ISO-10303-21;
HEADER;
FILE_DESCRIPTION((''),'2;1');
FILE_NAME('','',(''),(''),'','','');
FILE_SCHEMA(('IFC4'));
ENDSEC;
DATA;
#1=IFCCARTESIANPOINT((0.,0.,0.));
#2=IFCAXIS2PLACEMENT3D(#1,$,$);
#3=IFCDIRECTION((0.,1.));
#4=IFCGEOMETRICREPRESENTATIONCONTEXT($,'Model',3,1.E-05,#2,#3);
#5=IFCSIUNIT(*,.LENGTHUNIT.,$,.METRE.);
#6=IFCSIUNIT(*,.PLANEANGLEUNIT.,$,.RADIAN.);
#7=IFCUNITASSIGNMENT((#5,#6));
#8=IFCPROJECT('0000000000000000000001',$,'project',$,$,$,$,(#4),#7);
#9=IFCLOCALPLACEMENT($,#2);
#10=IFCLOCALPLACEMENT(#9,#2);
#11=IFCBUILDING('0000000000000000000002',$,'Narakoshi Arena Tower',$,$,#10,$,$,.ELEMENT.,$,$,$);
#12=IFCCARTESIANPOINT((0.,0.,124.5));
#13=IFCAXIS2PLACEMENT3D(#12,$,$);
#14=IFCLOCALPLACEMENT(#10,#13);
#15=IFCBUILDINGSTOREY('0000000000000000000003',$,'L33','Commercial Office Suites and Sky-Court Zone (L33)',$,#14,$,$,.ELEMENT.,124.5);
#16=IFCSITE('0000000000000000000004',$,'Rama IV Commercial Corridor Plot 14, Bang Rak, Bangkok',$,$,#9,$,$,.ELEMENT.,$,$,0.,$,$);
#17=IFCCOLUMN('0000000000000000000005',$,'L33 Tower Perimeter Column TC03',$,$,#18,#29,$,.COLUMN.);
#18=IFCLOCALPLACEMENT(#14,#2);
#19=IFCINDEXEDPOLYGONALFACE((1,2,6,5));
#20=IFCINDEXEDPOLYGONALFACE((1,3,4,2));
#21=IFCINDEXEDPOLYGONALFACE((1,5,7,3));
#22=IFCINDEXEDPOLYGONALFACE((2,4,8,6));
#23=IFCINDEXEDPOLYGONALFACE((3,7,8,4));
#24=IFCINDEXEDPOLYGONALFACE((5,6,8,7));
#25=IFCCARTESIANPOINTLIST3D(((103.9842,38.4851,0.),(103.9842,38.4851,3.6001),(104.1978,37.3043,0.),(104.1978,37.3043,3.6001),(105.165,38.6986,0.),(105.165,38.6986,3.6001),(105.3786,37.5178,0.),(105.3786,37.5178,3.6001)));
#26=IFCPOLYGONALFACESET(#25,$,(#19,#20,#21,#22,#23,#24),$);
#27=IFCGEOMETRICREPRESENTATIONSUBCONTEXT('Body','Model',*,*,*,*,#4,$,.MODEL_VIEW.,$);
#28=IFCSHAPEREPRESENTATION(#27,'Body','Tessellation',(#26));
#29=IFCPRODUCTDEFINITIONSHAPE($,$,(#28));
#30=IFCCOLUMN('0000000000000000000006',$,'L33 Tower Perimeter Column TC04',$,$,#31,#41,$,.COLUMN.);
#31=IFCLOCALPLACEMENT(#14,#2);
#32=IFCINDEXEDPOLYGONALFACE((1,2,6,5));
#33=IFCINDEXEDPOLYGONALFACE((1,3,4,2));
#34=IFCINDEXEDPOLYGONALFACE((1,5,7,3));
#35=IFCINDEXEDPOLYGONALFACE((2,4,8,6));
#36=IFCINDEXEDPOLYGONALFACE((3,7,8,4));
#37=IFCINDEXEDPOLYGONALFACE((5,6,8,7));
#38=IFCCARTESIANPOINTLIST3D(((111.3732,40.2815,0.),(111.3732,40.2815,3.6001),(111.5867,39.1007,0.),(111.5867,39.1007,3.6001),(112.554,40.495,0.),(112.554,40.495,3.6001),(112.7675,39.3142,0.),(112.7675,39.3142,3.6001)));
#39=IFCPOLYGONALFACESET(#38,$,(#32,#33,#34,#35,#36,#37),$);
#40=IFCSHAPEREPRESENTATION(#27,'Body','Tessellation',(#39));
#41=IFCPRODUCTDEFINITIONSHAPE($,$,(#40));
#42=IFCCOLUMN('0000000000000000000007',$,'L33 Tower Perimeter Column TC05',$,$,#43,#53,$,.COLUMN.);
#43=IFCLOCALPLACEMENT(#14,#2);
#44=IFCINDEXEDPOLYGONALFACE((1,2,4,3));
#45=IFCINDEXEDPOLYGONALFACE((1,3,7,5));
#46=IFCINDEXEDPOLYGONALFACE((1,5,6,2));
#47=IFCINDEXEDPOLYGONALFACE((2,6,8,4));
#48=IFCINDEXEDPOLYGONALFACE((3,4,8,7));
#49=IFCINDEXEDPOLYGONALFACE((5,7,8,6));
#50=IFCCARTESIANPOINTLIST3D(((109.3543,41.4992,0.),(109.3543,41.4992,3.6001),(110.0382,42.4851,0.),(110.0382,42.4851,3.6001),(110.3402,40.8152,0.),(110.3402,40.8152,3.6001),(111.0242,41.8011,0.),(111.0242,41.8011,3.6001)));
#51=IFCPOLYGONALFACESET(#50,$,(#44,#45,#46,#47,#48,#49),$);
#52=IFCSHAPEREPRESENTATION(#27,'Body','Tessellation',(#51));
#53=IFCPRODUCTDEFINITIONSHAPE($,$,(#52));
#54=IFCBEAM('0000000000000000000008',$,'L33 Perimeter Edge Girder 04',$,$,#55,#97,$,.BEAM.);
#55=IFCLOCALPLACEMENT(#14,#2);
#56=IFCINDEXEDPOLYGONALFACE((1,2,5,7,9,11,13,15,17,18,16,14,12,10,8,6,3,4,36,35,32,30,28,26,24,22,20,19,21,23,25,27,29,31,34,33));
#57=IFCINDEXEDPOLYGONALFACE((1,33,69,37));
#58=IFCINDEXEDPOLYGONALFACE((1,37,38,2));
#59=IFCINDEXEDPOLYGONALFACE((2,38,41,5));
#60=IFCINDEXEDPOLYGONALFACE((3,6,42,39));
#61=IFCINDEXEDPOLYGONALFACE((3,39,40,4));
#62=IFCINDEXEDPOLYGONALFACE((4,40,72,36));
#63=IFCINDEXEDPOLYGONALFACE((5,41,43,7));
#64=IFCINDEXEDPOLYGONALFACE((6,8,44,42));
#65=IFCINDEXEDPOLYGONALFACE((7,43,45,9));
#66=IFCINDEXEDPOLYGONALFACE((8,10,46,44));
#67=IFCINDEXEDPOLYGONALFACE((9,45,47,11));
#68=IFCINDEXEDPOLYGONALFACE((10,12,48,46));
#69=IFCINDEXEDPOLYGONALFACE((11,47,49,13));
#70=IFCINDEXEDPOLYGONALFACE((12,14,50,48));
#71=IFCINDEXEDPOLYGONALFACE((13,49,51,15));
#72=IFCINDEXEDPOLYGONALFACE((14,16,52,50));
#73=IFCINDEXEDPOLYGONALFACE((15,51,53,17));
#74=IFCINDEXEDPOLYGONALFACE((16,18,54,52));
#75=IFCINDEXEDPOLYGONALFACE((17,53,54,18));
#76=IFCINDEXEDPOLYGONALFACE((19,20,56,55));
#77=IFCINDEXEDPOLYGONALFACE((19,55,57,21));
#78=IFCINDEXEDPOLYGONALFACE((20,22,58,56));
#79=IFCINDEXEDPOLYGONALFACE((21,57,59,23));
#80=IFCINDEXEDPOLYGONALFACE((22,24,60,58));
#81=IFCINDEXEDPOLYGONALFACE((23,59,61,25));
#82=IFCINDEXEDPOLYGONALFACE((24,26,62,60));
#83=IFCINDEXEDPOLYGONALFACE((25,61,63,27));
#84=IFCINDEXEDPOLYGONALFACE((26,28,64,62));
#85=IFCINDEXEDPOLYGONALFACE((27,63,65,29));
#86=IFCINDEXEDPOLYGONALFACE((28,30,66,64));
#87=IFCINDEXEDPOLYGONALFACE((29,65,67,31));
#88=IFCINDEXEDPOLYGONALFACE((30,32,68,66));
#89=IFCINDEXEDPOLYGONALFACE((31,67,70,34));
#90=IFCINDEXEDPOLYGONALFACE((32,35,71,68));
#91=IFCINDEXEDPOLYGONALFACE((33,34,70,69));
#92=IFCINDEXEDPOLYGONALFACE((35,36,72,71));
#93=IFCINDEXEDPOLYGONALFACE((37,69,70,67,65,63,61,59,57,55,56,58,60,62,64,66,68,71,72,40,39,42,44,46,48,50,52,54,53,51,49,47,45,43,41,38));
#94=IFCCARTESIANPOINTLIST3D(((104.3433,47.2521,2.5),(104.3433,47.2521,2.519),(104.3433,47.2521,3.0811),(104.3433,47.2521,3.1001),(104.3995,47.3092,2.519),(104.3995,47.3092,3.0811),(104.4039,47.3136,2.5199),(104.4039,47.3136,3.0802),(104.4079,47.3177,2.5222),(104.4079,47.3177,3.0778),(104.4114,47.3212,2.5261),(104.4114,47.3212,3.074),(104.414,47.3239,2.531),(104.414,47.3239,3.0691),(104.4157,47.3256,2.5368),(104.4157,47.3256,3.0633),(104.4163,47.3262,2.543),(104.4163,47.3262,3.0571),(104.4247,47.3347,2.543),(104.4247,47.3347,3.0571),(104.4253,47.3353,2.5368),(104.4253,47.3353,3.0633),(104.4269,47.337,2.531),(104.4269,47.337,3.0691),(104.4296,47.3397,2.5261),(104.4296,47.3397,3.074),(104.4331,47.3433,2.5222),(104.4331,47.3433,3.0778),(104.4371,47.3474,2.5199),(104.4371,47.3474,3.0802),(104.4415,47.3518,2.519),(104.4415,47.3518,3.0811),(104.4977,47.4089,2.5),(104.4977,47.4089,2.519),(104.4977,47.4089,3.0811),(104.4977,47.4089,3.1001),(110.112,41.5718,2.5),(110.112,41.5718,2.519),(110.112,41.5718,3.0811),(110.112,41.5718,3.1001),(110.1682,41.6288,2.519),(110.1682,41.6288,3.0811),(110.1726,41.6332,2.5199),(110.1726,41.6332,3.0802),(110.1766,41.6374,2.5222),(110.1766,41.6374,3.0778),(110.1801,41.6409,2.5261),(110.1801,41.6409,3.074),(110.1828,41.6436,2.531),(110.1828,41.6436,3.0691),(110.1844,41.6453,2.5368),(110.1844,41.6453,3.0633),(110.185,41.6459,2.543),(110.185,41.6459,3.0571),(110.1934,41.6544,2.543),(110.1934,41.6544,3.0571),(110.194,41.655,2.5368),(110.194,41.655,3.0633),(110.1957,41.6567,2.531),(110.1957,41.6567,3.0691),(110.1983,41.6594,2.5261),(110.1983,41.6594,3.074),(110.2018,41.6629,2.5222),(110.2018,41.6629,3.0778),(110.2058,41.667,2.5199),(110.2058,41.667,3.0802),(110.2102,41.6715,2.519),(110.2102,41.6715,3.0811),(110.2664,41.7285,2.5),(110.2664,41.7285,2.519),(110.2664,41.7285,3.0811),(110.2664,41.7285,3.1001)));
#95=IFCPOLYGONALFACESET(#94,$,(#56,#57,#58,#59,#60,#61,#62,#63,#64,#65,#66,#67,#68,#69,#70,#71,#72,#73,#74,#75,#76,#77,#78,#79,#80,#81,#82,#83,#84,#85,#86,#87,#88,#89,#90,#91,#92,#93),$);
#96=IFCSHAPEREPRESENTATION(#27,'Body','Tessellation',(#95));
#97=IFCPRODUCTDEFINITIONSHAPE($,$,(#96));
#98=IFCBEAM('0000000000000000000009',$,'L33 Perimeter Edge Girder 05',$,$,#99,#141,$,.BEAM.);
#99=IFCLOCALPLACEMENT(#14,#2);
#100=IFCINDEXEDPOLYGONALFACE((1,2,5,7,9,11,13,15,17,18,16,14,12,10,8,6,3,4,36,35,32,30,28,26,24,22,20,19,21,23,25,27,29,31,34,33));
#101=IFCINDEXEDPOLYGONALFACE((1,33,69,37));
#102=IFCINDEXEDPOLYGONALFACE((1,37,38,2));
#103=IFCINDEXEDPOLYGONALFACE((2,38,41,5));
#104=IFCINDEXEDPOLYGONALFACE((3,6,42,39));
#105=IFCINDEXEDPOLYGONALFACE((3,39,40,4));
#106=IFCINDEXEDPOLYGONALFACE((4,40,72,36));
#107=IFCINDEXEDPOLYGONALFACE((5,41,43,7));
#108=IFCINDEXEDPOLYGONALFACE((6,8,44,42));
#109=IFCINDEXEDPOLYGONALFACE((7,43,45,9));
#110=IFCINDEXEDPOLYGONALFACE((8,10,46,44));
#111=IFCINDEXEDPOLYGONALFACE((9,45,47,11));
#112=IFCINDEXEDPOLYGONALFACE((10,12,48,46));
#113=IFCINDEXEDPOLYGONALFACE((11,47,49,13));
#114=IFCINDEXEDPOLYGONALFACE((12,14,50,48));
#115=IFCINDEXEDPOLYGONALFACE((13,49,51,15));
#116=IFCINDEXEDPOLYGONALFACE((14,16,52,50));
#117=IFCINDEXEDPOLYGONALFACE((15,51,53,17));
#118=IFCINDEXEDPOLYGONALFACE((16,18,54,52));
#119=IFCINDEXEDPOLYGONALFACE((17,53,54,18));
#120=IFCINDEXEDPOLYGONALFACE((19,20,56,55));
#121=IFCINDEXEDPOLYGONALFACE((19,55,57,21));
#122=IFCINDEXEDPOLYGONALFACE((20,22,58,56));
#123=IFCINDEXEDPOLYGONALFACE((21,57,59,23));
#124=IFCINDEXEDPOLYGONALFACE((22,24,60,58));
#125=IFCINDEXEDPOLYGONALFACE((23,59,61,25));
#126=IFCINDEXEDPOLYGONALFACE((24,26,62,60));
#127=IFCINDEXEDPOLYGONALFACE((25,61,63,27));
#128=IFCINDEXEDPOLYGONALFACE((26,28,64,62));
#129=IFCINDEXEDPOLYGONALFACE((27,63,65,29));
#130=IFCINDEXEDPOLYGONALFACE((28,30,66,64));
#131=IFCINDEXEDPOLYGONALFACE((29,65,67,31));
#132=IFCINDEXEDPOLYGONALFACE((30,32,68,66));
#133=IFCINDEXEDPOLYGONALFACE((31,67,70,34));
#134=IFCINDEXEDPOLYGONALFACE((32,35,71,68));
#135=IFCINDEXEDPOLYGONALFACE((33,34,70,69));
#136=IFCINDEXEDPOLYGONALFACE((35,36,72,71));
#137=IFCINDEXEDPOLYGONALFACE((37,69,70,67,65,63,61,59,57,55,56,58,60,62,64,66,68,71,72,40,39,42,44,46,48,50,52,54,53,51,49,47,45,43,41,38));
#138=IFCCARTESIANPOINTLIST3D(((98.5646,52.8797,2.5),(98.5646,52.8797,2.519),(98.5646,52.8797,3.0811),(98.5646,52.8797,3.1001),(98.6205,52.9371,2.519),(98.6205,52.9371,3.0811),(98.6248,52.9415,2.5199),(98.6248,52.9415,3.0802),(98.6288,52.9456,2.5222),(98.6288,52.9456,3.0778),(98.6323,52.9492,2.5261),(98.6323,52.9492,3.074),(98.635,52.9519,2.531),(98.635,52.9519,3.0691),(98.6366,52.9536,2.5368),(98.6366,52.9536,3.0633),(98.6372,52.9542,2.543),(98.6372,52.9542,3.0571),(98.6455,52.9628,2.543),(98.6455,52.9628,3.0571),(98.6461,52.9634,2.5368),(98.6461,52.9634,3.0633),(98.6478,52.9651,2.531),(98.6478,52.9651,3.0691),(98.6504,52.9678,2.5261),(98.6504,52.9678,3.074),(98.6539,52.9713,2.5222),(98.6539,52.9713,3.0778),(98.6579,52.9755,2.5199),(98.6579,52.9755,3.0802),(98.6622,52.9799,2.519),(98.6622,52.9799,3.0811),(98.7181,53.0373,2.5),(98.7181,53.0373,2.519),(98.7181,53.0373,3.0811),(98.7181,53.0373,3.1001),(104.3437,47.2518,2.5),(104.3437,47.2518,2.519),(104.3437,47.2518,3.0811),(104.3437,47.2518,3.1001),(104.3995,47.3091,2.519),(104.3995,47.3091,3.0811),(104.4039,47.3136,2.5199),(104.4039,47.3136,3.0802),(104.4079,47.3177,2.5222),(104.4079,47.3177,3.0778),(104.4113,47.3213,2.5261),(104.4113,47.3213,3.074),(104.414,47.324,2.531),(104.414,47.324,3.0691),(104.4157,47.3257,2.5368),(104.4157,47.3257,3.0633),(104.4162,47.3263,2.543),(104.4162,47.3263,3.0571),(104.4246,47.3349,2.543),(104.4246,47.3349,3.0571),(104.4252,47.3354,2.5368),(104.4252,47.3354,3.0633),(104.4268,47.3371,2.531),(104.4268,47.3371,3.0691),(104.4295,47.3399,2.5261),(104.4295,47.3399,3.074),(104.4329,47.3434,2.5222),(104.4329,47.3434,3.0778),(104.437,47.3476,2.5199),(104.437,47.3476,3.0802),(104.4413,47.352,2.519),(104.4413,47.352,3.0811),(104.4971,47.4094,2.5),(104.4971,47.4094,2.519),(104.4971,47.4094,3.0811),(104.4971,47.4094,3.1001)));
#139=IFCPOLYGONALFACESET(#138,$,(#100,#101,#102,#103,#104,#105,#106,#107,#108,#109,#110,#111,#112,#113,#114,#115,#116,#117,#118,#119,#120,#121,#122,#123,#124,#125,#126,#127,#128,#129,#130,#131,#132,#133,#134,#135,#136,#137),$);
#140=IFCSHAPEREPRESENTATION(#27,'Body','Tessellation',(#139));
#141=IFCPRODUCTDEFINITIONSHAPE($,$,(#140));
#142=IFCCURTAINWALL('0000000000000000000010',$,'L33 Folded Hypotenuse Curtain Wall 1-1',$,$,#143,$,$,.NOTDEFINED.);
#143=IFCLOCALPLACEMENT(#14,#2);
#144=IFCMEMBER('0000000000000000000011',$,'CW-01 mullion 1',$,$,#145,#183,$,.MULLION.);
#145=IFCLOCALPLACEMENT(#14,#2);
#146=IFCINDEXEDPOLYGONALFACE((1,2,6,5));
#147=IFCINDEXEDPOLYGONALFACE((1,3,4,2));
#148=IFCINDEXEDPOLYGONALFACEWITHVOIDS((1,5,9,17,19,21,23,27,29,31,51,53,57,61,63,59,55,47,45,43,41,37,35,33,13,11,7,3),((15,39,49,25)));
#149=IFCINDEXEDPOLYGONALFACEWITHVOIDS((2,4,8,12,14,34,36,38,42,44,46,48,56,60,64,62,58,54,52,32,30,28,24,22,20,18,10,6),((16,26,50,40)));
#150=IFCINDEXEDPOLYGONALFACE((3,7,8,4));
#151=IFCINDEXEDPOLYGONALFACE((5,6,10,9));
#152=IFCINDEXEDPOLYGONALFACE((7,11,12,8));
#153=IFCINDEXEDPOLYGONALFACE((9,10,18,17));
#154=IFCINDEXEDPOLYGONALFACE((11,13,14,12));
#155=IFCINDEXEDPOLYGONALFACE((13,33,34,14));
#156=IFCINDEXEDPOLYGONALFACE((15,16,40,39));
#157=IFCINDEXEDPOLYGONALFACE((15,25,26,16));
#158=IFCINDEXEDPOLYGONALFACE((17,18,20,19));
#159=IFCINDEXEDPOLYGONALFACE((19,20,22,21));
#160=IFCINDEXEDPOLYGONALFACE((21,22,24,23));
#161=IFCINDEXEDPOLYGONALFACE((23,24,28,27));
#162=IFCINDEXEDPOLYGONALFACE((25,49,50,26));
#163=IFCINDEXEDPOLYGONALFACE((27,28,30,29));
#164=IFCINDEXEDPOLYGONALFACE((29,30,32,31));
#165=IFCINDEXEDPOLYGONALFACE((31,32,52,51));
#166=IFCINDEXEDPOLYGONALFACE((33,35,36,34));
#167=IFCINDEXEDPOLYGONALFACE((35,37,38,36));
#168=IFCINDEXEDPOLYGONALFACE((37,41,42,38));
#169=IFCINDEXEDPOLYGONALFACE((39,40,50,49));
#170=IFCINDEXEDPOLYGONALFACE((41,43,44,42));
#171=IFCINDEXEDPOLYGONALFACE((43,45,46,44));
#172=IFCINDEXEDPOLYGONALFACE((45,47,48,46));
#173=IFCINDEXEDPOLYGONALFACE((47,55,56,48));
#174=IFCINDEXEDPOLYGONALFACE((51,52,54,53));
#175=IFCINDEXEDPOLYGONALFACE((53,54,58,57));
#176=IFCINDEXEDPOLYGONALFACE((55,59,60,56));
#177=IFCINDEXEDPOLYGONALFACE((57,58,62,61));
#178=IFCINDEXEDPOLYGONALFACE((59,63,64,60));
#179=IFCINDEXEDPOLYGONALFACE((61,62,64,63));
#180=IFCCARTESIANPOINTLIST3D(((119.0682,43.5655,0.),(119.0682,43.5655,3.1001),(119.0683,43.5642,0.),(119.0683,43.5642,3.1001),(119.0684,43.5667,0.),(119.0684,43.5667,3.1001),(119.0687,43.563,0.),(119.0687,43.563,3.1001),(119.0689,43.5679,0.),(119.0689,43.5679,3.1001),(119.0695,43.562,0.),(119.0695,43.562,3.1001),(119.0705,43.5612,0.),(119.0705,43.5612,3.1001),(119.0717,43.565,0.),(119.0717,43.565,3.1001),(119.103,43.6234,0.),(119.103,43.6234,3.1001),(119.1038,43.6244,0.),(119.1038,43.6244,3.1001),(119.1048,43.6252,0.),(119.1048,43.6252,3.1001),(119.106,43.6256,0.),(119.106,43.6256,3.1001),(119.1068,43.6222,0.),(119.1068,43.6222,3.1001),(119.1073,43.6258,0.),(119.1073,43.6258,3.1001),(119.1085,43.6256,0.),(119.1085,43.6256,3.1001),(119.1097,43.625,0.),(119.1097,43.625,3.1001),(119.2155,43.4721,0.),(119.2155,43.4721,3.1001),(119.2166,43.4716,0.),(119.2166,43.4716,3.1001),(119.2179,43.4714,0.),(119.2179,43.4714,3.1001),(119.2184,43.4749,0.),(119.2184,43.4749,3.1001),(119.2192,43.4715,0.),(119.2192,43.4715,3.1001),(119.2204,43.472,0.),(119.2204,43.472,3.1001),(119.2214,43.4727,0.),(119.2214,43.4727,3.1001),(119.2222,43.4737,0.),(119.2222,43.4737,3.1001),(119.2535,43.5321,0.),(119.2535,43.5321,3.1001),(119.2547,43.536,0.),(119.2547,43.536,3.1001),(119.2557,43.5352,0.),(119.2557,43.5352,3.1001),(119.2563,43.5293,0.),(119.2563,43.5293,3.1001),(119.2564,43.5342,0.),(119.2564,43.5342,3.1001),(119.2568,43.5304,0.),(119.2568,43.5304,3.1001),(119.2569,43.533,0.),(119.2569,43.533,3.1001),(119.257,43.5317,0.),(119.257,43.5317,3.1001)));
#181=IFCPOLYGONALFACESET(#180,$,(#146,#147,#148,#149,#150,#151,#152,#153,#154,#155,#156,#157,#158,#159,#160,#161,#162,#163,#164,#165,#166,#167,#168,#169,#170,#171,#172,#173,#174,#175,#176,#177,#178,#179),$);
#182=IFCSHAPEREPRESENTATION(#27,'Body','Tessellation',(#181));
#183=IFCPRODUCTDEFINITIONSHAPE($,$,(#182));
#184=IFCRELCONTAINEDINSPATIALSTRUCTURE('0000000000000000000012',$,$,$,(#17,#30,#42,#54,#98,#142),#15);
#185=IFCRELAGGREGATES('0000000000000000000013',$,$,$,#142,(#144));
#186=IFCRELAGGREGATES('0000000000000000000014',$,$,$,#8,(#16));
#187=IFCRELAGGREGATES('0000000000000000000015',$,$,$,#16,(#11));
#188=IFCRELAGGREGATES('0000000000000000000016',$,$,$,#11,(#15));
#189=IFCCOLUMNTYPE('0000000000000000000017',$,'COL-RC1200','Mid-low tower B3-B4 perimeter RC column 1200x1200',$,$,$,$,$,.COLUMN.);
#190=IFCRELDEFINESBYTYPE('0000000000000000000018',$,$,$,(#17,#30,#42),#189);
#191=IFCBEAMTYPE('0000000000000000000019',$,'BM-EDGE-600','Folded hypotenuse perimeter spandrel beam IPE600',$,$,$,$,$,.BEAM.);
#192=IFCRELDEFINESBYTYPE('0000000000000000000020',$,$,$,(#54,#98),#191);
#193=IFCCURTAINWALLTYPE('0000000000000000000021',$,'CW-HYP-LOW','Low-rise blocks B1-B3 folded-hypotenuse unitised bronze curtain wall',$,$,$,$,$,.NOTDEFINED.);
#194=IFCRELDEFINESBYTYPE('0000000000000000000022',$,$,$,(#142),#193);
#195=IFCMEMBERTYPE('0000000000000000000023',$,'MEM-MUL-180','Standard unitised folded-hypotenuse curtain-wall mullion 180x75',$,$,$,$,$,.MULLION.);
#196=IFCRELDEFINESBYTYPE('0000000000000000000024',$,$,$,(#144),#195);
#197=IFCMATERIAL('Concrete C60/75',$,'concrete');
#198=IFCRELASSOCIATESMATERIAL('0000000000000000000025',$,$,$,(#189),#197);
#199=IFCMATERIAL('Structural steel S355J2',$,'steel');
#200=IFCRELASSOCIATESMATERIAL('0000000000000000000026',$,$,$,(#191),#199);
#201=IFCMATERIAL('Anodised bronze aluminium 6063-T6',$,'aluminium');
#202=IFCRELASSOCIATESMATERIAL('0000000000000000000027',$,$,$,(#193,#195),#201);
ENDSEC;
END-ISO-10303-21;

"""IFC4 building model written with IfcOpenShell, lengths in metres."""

from ifc_helpers import new_model, si_unit, direction, frame, origin, origin_2d, place, context, subcontext, project, spatial, rectangle, hollow_rectangle, i_section, extrude, material, material_profile, profile_set, type_object, element, aggregate, save


model = new_model("IFC4")

# Units and contexts
model_context = context("Model", 3, precision=1e-05, world=origin(), true_north=direction((0.0, 1.0)))
body_context = subcontext(model_context, "Body", "Model", "MODEL_VIEW")
ifc_project = project(units=[si_unit("LENGTHUNIT", "METRE"), si_unit("PLANEANGLEUNIT", "RADIAN")], contexts=[model_context])

# Site, building, storey
site_placement = place(None, origin())
site = spatial("IfcSite", under=ifc_project, at=site_placement, Name="Rama IV Commercial Corridor Plot 14, Bang Rak, Bangkok", CompositionType="ELEMENT", RefElevation=0.0)
building_placement = place(site_placement, origin())
building = spatial("IfcBuilding", under=site, at=building_placement, Name="Narakoshi Arena Tower", CompositionType="ELEMENT")
storey_placement = place(building_placement, frame((0.0, 0.0, 124.5)))
storey = spatial("IfcBuildingStorey", under=building, at=storey_placement, Name="L33", Description="Commercial Office Suites and Sky-Court Zone (L33)", CompositionType="ELEMENT", Elevation=124.5)

# Columns
ifc_material_1 = material(Name="Concrete C60/75", Category="concrete")
ifc_material_profile_1 = material_profile(ifc_material_1, rectangle(XDim=1.2, YDim=1.2, at=origin_2d()), Name="RC1200x1200")
ifc_profile_set_1 = profile_set([ifc_material_profile_1], Name="Concrete C60/75")
column_type = type_object("IfcColumnType", Name="COL-RC1200", Description="Mid-low tower B3-B4 perimeter RC column 1200x1200", PredefinedType="COLUMN", material=ifc_profile_set_1)
for number, where, z_axis, x_axis, name in (
    (1, (104.6814, 38.0015, 0.0), (0.0, 0.0, 1.0), (0.984041, 0.177944, 0.0), "L33 Tower Perimeter Column TC03"),
    (2, (112.0703, 39.7979, 0.0), (0.0, 0.0, 1.0), (0.984041, 0.177944, 0.0), "L33 Tower Perimeter Column TC04"),
    (3, (110.1892, 41.6501, 0.0), (0.0, 0.0, 1.0), (0.569997, 0.821647, 0.0), "L33 Tower Perimeter Column TC05"),
):
    element("IfcColumn", number, at=place(storey_placement, frame(where, z_axis=z_axis, x_axis=x_axis)), inside=storey, type_object=column_type, Name=name, PredefinedType="COLUMN", context=body_context, shape_type="SweptSolid", body=[
        extrude(rectangle(XDim=1.2, YDim=1.2, at=origin_2d()), origin(), (0.0, 0.0, 1.0), 3.6001),
    ])

# Beams
ifc_material_2 = material(Name="Structural steel S355J2", Category="steel")
ifc_material_profile_2 = material_profile(ifc_material_2, i_section(OverallWidth=0.22, OverallDepth=0.6001, WebThickness=0.012, FlangeThickness=0.019, FilletRadius=0.0239, at=origin_2d()), Name="IPE600")
ifc_profile_set_2 = profile_set([ifc_material_profile_2], Name="Structural steel S355J2")
beam_type = type_object("IfcBeamType", Name="BM-EDGE-600", Description="Folded hypotenuse perimeter spandrel beam IPE600", PredefinedType="BEAM", material=ifc_profile_set_2)
beam_1_placement = place(storey_placement, frame((110.1892, 41.6501, 2.8), z_axis=(-0.712544, 0.701628, 0.0), x_axis=(-0.701628, -0.712544, 0.0)))
element("IfcBeam", 4, at=beam_1_placement, inside=storey, type_object=beam_type, Name="L33 Perimeter Edge Girder 04", PredefinedType="BEAM", context=body_context, shape_type="SweptSolid", body=[
    extrude(i_section(OverallWidth=0.22, OverallDepth=0.6001, WebThickness=0.012, FlangeThickness=0.019, FilletRadius=0.0239, at=origin_2d()), origin(), (0.0, 0.0, 1.0), 8.0959),
])
beam_2_placement = place(storey_placement, frame((104.4204, 47.3306, 2.8), z_axis=(-0.716412, 0.697678, 0.0), x_axis=(-0.697678, -0.716412, 0.0)))
element("IfcBeam", 5, at=beam_2_placement, inside=storey, type_object=beam_type, Name="L33 Perimeter Edge Girder 05", PredefinedType="BEAM", context=body_context, shape_type="SweptSolid", body=[
    extrude(i_section(OverallWidth=0.22, OverallDepth=0.6001, WebThickness=0.012, FlangeThickness=0.019, FilletRadius=0.0239, at=origin_2d()), origin(), (0.0, 0.0, 1.0), 8.0667),
])

# Curtain wall, member
ifc_material_3 = material(Name="Anodised bronze aluminium 6063-T6", Category="aluminium")
curtain_wall_type = type_object("IfcCurtainWallType", Name="CW-HYP-LOW", Description="Low-rise blocks B1-B3 folded-hypotenuse unitised bronze curtain wall", PredefinedType="NOTDEFINED", material=ifc_material_3)
curtain_wall_placement = place(storey_placement, origin())
curtain_wall = element("IfcCurtainWall", 6, at=curtain_wall_placement, inside=storey, type_object=curtain_wall_type, Name="L33 Folded Hypotenuse Curtain Wall 1-1", PredefinedType="NOTDEFINED")
ifc_material_profile_3 = material_profile(ifc_material_3, hollow_rectangle(XDim=0.075, YDim=0.1799, WallThickness=0.0039, OuterFilletRadius=0.0049, at=origin_2d()), Name="MUL180x75x4")
ifc_profile_set_3 = profile_set([ifc_material_profile_3], Name="Anodised bronze aluminium 6063-T6")
member_type_1 = type_object("IfcMemberType", Name="MEM-MUL-180", Description="Standard unitised folded-hypotenuse curtain-wall mullion 180x75", PredefinedType="MULLION", material=ifc_profile_set_3)
member_1_placement = place(storey_placement, frame((119.1626, 43.5486, 0.0), z_axis=(0.0, 0.0, 1.0), x_axis=(-0.523358, -0.852113, 0.0)))
member_1 = element("IfcMember", 7, at=member_1_placement, type_object=member_type_1, Name="CW-01 mullion 1", PredefinedType="MULLION", context=body_context, shape_type="SweptSolid", body=[
    extrude(hollow_rectangle(XDim=0.075, YDim=0.1799, WallThickness=0.0039, OuterFilletRadius=0.0049, at=origin_2d()), origin(), (0.0, 0.0, 1.0), 3.1001),
])
aggregate(curtain_wall, [member_1])

save(model, "model.ifc")
